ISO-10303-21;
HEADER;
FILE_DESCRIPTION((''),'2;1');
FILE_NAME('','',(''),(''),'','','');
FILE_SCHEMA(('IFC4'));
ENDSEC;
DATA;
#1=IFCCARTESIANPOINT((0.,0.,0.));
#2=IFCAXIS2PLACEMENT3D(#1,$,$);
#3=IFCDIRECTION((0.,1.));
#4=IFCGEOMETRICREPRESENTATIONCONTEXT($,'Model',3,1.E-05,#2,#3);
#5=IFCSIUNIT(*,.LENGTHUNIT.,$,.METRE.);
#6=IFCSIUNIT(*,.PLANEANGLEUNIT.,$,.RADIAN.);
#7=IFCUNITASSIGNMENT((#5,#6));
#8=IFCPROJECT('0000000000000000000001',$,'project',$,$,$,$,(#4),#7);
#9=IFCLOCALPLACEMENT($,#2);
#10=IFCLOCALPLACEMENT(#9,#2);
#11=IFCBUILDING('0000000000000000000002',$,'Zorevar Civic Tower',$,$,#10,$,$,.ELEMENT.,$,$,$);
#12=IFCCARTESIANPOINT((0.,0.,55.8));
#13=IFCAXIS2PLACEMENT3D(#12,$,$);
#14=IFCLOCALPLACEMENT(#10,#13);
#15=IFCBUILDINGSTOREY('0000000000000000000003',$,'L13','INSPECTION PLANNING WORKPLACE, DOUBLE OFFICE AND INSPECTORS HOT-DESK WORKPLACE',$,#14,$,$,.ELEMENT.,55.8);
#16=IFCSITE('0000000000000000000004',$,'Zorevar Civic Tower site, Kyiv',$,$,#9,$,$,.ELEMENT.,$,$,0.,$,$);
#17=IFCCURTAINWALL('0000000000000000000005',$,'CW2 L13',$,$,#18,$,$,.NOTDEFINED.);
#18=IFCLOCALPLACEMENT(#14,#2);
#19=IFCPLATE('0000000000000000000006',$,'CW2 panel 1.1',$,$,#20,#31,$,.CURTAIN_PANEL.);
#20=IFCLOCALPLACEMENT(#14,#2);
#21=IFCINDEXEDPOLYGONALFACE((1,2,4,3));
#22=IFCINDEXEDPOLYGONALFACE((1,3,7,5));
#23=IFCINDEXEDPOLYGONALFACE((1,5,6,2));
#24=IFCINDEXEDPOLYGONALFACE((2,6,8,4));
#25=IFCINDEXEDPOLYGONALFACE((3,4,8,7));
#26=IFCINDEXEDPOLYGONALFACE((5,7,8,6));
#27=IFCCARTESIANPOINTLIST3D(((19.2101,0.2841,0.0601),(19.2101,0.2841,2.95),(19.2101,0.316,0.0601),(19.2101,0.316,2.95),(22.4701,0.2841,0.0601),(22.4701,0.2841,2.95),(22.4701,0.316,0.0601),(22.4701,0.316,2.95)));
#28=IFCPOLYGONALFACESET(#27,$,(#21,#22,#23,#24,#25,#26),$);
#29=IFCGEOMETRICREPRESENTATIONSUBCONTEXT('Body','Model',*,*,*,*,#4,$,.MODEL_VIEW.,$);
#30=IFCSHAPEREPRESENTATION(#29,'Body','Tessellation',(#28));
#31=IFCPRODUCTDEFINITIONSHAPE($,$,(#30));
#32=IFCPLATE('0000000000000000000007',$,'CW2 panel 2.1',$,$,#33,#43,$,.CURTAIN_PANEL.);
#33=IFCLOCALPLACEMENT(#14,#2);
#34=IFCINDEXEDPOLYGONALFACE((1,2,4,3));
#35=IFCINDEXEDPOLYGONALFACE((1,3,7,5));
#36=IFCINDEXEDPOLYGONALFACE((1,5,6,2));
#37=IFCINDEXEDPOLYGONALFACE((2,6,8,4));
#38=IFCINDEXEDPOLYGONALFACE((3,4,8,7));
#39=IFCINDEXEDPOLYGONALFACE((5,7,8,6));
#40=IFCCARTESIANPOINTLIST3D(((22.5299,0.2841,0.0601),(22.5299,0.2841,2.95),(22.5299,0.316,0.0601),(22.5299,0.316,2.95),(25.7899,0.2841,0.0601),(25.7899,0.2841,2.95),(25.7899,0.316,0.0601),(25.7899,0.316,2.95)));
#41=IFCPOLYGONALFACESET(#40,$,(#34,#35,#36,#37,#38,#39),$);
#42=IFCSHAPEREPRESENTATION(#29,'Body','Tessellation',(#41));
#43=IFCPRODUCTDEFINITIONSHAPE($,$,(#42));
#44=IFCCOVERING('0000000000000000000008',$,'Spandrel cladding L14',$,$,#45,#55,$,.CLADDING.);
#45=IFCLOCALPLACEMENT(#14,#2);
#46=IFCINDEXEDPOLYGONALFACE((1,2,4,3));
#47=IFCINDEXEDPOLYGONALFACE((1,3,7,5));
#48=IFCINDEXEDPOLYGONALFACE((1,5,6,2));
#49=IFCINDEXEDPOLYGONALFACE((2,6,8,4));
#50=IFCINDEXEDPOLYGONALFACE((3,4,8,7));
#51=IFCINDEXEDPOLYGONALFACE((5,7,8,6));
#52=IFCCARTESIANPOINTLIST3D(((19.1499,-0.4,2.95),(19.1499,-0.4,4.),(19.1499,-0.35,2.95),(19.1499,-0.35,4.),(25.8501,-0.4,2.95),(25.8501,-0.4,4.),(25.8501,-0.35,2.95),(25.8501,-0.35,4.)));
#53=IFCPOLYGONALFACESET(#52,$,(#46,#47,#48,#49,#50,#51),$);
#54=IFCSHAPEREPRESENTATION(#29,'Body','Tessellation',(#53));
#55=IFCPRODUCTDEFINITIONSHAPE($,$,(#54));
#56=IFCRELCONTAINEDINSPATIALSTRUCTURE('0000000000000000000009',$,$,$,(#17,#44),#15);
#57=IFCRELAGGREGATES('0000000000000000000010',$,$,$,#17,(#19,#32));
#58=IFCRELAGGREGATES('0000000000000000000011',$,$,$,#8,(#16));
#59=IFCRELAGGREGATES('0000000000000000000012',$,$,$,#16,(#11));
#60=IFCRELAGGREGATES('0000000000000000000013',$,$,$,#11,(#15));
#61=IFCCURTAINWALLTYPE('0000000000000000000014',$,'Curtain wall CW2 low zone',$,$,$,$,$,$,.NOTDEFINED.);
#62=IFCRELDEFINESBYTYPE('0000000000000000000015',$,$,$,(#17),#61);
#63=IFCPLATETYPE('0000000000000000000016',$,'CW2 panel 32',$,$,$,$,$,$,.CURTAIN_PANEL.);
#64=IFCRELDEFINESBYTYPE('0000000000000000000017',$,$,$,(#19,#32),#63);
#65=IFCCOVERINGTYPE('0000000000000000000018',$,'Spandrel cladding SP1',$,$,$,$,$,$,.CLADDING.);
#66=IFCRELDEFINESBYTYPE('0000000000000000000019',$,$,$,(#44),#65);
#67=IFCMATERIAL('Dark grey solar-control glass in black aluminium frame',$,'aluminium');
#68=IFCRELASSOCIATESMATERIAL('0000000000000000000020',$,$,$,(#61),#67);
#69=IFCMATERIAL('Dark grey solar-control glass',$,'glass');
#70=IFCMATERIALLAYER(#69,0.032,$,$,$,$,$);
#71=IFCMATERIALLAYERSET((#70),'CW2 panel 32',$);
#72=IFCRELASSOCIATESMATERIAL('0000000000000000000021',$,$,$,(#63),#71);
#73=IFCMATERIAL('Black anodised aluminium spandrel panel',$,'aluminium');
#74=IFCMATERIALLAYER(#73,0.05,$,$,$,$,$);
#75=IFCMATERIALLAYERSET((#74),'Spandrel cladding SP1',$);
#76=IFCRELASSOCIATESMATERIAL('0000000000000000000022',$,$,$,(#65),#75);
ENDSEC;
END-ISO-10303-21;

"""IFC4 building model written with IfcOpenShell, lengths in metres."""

from ifc_helpers import new_model, si_unit, direction, frame, frame_2d, origin, origin_2d, place, context, subcontext, project, spatial, rectangle, extrude, material, layer, layer_set, type_object, element, aggregate, save


model = new_model("IFC4")

# Units and contexts
model_context = context("Model", 3, precision=1e-05, world=origin(), true_north=direction((0.0, 1.0)))
body_context = subcontext(model_context, "Body", "Model", "MODEL_VIEW")
ifc_project = project(units=[si_unit("LENGTHUNIT", "METRE"), si_unit("PLANEANGLEUNIT", "RADIAN")], contexts=[model_context])

# Site, building, storey
site_placement = place(None, origin())
site = spatial("IfcSite", under=ifc_project, at=site_placement, Name="Zorevar Civic Tower site, Kyiv", CompositionType="ELEMENT", RefElevation=0.0)
building_placement = place(site_placement, origin())
building = spatial("IfcBuilding", under=site, at=building_placement, Name="Zorevar Civic Tower", CompositionType="ELEMENT")
storey_placement = place(building_placement, frame((0.0, 0.0, 55.8)))
storey = spatial("IfcBuildingStorey", under=building, at=storey_placement, Name="L13", Description="INSPECTION PLANNING WORKPLACE, DOUBLE OFFICE AND INSPECTORS HOT-DESK WORKPLACE", CompositionType="ELEMENT", Elevation=55.8)

# Curtain wall
ifc_material_1 = material(Name="Dark grey solar-control glass in black aluminium frame", Category="aluminium")
curtain_wall_type = type_object("IfcCurtainWallType", Name="Curtain wall CW2 low zone", PredefinedType="NOTDEFINED", material=ifc_material_1)
curtain_wall_1_placement = place(storey_placement, origin())
curtain_wall_1 = element("IfcCurtainWall", 1, at=curtain_wall_1_placement, inside=storey, type_object=curtain_wall_type, Name="CW2 L13", PredefinedType="NOTDEFINED")

# Plates
ifc_material_2 = material(Name="Dark grey solar-control glass", Category="glass")
ifc_layer_1 = layer(ifc_material_2, 0.032)
ifc_layer_set_1 = layer_set([ifc_layer_1], Name="CW2 panel 32")
plate_type = type_object("IfcPlateType", Name="CW2 panel 32", PredefinedType="CURTAIN_PANEL", material=ifc_layer_set_1)
plate_1_placement = place(storey_placement, frame((20.8401, 0.3, 0.0601), z_axis=(0.0, 0.0, 1.0), x_axis=(1.0, 0.0, 0.0)))
plate_1 = element("IfcPlate", 2, at=plate_1_placement, type_object=plate_type, Name="CW2 panel 1.1", PredefinedType="CURTAIN_PANEL", context=body_context, shape_type="SweptSolid", body=[
    extrude(rectangle(XDim=3.26, YDim=0.032, at=origin_2d()), origin(), (0.0, 0.0, 1.0), 2.8899),
])
plate_2_placement = place(storey_placement, frame((24.1599, 0.3, 0.0601), z_axis=(0.0, 0.0, 1.0), x_axis=(1.0, 0.0, 0.0)))
plate_2 = element("IfcPlate", 3, at=plate_2_placement, type_object=plate_type, Name="CW2 panel 2.1", PredefinedType="CURTAIN_PANEL", context=body_context, shape_type="SweptSolid", body=[
    extrude(rectangle(XDim=3.26, YDim=0.032, at=origin_2d()), origin(), (0.0, 0.0, 1.0), 2.8899),
])
aggregate(curtain_wall_1, [plate_1, plate_2])

# Covering
ifc_material_3 = material(Name="Black anodised aluminium spandrel panel", Category="aluminium")
ifc_layer_2 = layer(ifc_material_3, 0.05)
ifc_layer_set_2 = layer_set([ifc_layer_2], Name="Spandrel cladding SP1")
covering_type = type_object("IfcCoveringType", Name="Spandrel cladding SP1", PredefinedType="CLADDING", material=ifc_layer_set_2)
covering_placement = place(storey_placement, frame((19.1499, -0.375, 2.95), z_axis=(0.0, 0.0, 1.0), x_axis=(1.0, 0.0, 0.0)))
element("IfcCovering", 4, at=covering_placement, inside=storey, type_object=covering_type, Name="Spandrel cladding L14", PredefinedType="CLADDING", context=body_context, shape_type="SweptSolid", body=[
    extrude(rectangle(XDim=6.7002, YDim=0.05, at=frame_2d((3.3501, 0.0))), origin(), (0.0, 0.0, 1.0), 1.05),
])

save(model, "model.ifc")
